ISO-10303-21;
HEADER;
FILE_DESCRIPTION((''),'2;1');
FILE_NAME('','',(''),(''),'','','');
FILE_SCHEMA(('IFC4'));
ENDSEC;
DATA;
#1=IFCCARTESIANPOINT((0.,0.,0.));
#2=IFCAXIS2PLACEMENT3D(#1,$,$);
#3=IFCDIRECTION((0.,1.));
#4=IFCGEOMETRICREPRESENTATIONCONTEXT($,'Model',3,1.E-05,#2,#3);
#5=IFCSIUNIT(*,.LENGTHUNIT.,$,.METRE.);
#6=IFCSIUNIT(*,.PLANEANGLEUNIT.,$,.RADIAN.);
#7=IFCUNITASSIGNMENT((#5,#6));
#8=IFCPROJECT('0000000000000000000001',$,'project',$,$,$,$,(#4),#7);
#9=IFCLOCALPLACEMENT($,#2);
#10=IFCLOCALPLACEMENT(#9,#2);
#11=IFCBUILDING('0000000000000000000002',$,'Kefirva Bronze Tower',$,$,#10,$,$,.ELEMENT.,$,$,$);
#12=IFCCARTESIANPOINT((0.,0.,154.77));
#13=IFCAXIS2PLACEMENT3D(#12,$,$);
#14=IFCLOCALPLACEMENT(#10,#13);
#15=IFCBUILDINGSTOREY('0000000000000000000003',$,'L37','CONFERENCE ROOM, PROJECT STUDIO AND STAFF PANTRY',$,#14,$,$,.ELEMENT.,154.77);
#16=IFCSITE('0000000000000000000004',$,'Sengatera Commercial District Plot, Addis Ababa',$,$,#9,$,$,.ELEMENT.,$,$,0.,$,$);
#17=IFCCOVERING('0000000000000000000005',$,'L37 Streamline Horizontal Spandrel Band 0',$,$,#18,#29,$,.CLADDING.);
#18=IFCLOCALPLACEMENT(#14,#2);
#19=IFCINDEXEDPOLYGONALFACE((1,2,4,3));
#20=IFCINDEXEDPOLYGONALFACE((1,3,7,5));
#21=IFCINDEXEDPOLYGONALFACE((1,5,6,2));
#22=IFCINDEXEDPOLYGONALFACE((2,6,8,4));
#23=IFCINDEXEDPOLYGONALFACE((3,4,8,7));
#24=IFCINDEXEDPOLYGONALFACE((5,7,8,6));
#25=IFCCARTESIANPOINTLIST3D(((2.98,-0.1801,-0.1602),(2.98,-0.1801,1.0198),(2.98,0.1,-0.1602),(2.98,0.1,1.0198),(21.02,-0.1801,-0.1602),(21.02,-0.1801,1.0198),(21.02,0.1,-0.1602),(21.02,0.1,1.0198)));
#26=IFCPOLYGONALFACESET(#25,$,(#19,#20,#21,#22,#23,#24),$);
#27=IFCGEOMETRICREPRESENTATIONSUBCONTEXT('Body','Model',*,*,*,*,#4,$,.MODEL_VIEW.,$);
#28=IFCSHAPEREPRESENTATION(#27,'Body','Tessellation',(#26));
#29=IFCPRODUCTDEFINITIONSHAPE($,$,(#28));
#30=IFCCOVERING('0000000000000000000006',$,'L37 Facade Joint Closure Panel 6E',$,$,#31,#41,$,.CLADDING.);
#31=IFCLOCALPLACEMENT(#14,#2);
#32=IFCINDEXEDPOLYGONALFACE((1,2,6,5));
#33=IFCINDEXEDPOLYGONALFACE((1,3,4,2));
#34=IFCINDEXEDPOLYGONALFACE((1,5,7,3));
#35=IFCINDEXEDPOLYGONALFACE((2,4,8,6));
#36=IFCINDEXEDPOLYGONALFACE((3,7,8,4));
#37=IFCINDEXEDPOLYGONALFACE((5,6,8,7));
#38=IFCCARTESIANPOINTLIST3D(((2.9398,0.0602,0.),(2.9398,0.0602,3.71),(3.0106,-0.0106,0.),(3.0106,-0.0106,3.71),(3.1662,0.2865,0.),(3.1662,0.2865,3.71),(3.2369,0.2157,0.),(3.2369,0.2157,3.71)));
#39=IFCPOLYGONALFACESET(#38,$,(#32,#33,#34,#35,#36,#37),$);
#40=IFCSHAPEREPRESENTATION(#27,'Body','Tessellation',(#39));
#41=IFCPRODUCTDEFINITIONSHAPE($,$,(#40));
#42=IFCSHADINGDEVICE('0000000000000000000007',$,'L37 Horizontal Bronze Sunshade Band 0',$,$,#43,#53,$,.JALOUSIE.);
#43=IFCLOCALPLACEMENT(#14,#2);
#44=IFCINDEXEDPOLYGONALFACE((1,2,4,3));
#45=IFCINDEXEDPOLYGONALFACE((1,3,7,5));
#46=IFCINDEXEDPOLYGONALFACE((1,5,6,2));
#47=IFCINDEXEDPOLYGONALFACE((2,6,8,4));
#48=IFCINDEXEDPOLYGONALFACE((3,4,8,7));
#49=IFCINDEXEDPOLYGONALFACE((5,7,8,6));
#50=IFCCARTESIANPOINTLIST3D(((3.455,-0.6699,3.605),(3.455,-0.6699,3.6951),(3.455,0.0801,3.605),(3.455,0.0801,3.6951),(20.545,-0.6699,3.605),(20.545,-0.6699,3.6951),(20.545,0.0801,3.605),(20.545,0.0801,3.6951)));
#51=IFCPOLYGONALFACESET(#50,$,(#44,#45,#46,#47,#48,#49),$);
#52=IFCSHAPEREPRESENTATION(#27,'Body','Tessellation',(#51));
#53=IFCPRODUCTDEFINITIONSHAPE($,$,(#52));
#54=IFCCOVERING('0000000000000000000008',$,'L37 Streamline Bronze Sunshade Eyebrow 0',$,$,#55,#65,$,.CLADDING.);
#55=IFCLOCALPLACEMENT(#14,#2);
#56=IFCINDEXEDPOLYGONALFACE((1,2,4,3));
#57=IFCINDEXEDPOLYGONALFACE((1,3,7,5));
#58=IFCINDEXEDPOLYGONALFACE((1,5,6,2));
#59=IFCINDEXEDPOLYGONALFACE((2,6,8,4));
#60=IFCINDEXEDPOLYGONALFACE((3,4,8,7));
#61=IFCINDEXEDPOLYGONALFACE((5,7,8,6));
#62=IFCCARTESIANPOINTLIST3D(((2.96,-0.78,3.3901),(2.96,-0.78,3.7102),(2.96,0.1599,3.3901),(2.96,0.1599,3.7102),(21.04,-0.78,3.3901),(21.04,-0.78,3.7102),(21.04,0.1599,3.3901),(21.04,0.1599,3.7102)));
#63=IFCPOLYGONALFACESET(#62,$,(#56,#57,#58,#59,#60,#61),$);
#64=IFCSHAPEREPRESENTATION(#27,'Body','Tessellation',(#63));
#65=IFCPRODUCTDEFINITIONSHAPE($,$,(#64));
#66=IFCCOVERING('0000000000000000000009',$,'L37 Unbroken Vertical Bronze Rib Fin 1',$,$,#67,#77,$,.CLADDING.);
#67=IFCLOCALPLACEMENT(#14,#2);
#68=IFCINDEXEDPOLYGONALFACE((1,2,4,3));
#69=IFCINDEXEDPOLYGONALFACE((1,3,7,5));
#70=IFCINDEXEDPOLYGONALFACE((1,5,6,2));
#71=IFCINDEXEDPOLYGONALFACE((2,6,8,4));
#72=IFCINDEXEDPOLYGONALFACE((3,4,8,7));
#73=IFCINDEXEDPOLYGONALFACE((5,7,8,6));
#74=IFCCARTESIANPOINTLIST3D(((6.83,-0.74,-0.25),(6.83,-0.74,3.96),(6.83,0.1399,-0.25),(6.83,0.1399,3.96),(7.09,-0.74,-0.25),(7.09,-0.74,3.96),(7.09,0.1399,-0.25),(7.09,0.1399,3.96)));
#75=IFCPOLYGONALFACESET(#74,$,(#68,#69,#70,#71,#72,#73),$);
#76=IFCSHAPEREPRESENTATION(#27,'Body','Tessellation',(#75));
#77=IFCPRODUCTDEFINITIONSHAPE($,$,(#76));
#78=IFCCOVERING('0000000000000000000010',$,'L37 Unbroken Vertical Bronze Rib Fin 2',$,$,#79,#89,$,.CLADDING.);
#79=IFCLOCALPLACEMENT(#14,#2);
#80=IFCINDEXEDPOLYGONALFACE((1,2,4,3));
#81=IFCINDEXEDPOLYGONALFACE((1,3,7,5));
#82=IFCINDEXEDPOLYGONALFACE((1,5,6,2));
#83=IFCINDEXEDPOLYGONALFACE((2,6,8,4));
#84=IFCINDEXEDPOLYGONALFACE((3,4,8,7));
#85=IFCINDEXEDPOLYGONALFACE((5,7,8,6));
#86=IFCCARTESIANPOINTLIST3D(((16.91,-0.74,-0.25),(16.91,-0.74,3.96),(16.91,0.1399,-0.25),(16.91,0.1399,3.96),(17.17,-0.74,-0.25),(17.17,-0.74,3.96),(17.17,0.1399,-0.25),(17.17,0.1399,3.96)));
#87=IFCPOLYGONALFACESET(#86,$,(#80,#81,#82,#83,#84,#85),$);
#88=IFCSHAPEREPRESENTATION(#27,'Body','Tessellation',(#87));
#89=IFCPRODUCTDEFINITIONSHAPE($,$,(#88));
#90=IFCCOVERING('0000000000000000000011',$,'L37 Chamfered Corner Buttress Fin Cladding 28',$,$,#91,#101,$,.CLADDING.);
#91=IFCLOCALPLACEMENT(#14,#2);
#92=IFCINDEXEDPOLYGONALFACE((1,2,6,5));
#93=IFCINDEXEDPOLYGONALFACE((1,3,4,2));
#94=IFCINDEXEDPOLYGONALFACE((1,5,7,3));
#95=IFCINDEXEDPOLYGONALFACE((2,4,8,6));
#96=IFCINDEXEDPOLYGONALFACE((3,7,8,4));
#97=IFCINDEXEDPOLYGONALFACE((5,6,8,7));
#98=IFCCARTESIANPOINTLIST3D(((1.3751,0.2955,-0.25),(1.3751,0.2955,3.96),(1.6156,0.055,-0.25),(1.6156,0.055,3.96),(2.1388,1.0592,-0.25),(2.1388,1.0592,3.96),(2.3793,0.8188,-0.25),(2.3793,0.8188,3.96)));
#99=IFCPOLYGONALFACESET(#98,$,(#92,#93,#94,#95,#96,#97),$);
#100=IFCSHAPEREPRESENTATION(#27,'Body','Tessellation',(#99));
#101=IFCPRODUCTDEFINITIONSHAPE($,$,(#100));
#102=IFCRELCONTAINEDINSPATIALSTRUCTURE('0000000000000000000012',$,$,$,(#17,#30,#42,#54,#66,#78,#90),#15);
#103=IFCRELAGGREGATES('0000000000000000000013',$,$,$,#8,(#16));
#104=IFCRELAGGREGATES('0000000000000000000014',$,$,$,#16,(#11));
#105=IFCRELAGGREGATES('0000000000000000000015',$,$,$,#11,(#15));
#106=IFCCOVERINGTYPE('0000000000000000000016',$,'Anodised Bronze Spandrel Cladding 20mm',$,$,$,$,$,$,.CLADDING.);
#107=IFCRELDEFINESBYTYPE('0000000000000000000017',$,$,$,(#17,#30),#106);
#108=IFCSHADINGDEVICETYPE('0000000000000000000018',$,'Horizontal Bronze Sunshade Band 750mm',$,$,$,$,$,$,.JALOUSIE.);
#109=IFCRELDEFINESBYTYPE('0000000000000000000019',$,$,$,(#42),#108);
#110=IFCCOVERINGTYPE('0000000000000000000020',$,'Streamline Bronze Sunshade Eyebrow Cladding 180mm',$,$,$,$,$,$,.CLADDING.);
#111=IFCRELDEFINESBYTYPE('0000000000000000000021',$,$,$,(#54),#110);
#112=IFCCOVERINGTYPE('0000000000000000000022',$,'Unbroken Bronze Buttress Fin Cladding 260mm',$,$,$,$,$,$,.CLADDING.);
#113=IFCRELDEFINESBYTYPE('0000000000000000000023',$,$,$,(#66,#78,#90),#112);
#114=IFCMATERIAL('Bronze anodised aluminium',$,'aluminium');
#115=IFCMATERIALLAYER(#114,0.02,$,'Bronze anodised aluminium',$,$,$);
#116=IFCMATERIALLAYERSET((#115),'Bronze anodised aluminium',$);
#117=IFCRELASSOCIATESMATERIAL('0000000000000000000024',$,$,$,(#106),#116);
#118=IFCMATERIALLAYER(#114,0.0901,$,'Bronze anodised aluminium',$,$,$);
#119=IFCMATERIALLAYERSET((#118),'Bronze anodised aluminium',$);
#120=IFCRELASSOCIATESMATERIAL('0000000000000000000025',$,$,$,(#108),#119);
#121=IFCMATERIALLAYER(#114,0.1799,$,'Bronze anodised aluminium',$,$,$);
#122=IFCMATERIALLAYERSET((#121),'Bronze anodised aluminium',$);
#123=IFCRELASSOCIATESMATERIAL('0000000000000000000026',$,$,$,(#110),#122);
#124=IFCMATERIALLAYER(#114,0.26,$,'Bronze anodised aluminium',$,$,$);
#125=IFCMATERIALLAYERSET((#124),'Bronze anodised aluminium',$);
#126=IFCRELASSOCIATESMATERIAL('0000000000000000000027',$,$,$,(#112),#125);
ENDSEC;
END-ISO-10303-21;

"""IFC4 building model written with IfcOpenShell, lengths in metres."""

from ifc_helpers import new_model, si_unit, direction, frame, origin, origin_2d, place, context, subcontext, project, spatial, rectangle, extrude, material, layer, layer_set, type_object, element, save


model = new_model("IFC4")

# Units and contexts
model_context = context("Model", 3, precision=1e-05, world=origin(), true_north=direction((0.0, 1.0)))
body_context = subcontext(model_context, "Body", "Model", "MODEL_VIEW")
ifc_project = project(units=[si_unit("LENGTHUNIT", "METRE"), si_unit("PLANEANGLEUNIT", "RADIAN")], contexts=[model_context])

# Site, building, storey
site_placement = place(None, origin())
site = spatial("IfcSite", under=ifc_project, at=site_placement, Name="Sengatera Commercial District Plot, Addis Ababa", CompositionType="ELEMENT", RefElevation=0.0)
building_placement = place(site_placement, origin())
building = spatial("IfcBuilding", under=site, at=building_placement, Name="Kefirva Bronze Tower", CompositionType="ELEMENT")
storey_placement = place(building_placement, frame((0.0, 0.0, 154.77)))
storey = spatial("IfcBuildingStorey", under=building, at=storey_placement, Name="L37", Description="CONFERENCE ROOM, PROJECT STUDIO AND STAFF PANTRY", CompositionType="ELEMENT", Elevation=154.77)

# Shared definitions
ifc_material_1 = material(Name="Bronze anodised aluminium", Category="aluminium")

# Coverings
ifc_layer_1 = layer(ifc_material_1, 0.02, Name="Bronze anodised aluminium")
ifc_layer_set_1 = layer_set([ifc_layer_1], Name="Bronze anodised aluminium")
covering_type_1 = type_object("IfcCoveringType", Name="Anodised Bronze Spandrel Cladding 20mm", PredefinedType="CLADDING", material=ifc_layer_set_1)
covering_1_placement = place(storey_placement, frame((12.0, -0.04, -0.1602), z_axis=(0.0, 0.0, 1.0), x_axis=(1.0, 0.0, 0.0)))
element("IfcCovering", 1, at=covering_1_placement, inside=storey, type_object=covering_type_1, Name="L37 Streamline Horizontal Spandrel Band 0", PredefinedType="CLADDING", context=body_context, shape_type="SweptSolid", body=[
    extrude(rectangle(XDim=18.04, YDim=0.28, at=origin_2d()), origin(), (0.0, 0.0, 1.0), 1.1799),
])
covering_2_placement = place(storey_placement, frame((3.0884, 0.1379, 0.0), z_axis=(0.0, 0.0, 1.0), x_axis=(0.707107, -0.707107, 0.0)))
element("IfcCovering", 2, at=covering_2_placement, inside=storey, type_object=covering_type_1, Name="L37 Facade Joint Closure Panel 6E", PredefinedType="CLADDING", context=body_context, shape_type="SweptSolid", body=[
    extrude(rectangle(XDim=0.1001, YDim=0.3201, at=origin_2d()), origin(), (0.0, 0.0, 1.0), 3.71),
])

# Shading device
ifc_layer_2 = layer(ifc_material_1, 0.0901, Name="Bronze anodised aluminium")
ifc_layer_set_2 = layer_set([ifc_layer_2], Name="Bronze anodised aluminium")
shading_device_type = type_object("IfcShadingDeviceType", Name="Horizontal Bronze Sunshade Band 750mm", PredefinedType="JALOUSIE", material=ifc_layer_set_2)
shading_device_placement = place(storey_placement, frame((12.0, -0.2949, 3.605), z_axis=(0.0, 0.0, 1.0), x_axis=(1.0, 0.0, 0.0)))
element("IfcShadingDevice", 3, at=shading_device_placement, inside=storey, type_object=shading_device_type, Name="L37 Horizontal Bronze Sunshade Band 0", PredefinedType="JALOUSIE", context=body_context, shape_type="SweptSolid", body=[
    extrude(rectangle(XDim=17.0901, YDim=0.75, at=origin_2d()), origin(), (0.0, 0.0, 1.0), 0.0901),
])

# Coverings
ifc_layer_3 = layer(ifc_material_1, 0.1799, Name="Bronze anodised aluminium")
ifc_layer_set_3 = layer_set([ifc_layer_3], Name="Bronze anodised aluminium")
covering_type_2 = type_object("IfcCoveringType", Name="Streamline Bronze Sunshade Eyebrow Cladding 180mm", PredefinedType="CLADDING", material=ifc_layer_set_3)
covering_3_placement = place(storey_placement, frame((12.0, -0.3101, 3.3901), z_axis=(0.0, 0.0, 1.0), x_axis=(1.0, 0.0, 0.0)))
element("IfcCovering", 4, at=covering_3_placement, inside=storey, type_object=covering_type_2, Name="L37 Streamline Bronze Sunshade Eyebrow 0", PredefinedType="CLADDING", context=body_context, shape_type="SweptSolid", body=[
    extrude(rectangle(XDim=18.0801, YDim=0.9399, at=origin_2d()), origin(), (0.0, 0.0, 1.0), 0.3201),
])
ifc_layer_4 = layer(ifc_material_1, 0.26, Name="Bronze anodised aluminium")
ifc_layer_set_4 = layer_set([ifc_layer_4], Name="Bronze anodised aluminium")
covering_type_3 = type_object("IfcCoveringType", Name="Unbroken Bronze Buttress Fin Cladding 260mm", PredefinedType="CLADDING", material=ifc_layer_set_4)
for number, where, z_axis, x_axis, name in (
    (5, (6.96, -0.3, -0.25), (0.0, 0.0, 1.0), (1.0, 0.0, 0.0), "L37 Unbroken Vertical Bronze Rib Fin 1"),
    (6, (17.04, -0.3, -0.25), (0.0, 0.0, 1.0), (1.0, 0.0, 0.0), "L37 Unbroken Vertical Bronze Rib Fin 2"),
):
    element("IfcCovering", number, at=place(storey_placement, frame(where, z_axis=z_axis, x_axis=x_axis)), inside=storey, type_object=covering_type_3, Name=name, PredefinedType="CLADDING", context=body_context, shape_type="SweptSolid", body=[
        extrude(rectangle(XDim=0.26, YDim=0.8799, at=origin_2d()), origin(), (0.0, 0.0, 1.0), 4.21),
    ])
covering_4_placement = place(storey_placement, frame((1.8772, 0.5571, -0.25), z_axis=(0.0, 0.0, 1.0), x_axis=(0.707107, -0.707107, 0.0)))
element("IfcCovering", 7, at=covering_4_placement, inside=storey, type_object=covering_type_3, Name="L37 Chamfered Corner Buttress Fin Cladding 28", PredefinedType="CLADDING", context=body_context, shape_type="SweptSolid", body=[
    extrude(rectangle(XDim=0.3401, YDim=1.0801, at=origin_2d()), origin(), (0.0, 0.0, 1.0), 4.21),
])

save(model, "model.ifc")
